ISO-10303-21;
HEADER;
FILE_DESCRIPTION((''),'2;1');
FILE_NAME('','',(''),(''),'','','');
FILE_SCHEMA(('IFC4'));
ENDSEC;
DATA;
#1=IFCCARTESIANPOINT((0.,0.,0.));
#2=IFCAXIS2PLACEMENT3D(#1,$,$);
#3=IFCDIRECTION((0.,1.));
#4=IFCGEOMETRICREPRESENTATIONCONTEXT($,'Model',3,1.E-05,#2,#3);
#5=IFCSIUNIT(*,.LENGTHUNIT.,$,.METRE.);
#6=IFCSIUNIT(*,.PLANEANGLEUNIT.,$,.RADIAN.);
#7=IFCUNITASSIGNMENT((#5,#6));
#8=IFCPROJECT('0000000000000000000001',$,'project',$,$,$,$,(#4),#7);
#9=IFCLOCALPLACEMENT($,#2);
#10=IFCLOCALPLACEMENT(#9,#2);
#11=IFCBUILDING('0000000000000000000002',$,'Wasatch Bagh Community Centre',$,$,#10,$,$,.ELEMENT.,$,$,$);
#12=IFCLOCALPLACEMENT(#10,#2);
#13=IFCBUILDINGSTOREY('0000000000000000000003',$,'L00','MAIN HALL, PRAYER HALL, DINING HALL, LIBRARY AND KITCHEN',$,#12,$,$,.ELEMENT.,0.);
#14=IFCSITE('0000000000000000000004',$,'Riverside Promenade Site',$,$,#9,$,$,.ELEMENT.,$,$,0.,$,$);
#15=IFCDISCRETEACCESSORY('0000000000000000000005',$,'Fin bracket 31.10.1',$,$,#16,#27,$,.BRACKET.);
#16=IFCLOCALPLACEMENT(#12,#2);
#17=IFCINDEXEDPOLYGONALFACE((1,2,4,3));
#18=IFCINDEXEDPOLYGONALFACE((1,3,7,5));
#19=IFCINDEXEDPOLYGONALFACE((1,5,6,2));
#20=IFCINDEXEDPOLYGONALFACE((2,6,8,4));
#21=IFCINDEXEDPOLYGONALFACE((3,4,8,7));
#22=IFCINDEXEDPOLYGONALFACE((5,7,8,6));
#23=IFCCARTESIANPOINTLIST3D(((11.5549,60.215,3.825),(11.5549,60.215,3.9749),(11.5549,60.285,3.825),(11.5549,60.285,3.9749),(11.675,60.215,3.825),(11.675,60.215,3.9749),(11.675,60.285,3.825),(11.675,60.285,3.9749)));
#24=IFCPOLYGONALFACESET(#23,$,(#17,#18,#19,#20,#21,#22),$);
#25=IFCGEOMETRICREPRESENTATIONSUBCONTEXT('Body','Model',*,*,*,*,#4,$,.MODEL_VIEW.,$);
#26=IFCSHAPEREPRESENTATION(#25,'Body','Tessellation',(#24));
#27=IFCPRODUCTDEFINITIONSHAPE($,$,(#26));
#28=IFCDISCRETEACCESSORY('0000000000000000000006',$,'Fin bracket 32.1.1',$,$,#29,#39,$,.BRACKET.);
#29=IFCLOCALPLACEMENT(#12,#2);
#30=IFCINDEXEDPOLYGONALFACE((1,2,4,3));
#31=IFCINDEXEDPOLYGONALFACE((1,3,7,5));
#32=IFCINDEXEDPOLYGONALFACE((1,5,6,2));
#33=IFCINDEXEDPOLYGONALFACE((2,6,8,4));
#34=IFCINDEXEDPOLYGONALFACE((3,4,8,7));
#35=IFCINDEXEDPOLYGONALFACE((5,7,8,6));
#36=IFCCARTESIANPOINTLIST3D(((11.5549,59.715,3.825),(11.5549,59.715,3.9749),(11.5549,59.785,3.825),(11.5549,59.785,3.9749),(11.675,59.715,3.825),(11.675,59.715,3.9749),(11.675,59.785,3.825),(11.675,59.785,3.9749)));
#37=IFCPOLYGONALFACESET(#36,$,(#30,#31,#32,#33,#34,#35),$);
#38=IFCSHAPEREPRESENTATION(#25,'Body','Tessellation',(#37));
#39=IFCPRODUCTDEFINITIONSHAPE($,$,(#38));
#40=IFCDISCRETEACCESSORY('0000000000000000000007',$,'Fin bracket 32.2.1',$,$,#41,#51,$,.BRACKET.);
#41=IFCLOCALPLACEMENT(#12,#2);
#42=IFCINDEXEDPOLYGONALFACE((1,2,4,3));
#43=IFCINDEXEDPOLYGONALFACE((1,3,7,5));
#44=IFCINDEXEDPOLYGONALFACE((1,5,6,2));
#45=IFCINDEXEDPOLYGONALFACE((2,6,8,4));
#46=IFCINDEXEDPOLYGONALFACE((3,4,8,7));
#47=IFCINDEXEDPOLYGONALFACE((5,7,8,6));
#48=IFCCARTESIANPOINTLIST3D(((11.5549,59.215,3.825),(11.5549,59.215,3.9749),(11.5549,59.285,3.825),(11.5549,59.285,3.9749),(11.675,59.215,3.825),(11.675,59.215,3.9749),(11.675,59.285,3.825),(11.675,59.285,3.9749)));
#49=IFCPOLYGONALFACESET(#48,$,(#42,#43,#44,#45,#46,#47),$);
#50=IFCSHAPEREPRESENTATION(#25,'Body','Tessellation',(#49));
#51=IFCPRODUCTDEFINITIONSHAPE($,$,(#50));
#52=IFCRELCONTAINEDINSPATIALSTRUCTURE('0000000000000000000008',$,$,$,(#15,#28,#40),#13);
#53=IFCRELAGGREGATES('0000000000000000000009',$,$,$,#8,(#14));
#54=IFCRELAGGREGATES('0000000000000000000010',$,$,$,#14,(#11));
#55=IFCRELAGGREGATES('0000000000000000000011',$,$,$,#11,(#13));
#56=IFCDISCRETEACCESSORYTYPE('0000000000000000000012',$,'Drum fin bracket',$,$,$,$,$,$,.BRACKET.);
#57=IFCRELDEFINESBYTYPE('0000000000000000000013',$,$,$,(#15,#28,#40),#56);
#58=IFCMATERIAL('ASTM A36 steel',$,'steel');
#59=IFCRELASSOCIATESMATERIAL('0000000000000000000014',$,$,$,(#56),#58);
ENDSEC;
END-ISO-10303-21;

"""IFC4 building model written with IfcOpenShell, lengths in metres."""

from ifc_helpers import new_model, si_unit, direction, frame, origin, origin_2d, place, context, subcontext, project, spatial, rectangle, extrude, material, type_object, element, save


model = new_model("IFC4")

# Units and contexts
model_context = context("Model", 3, precision=1e-05, world=origin(), true_north=direction((0.0, 1.0)))
body_context = subcontext(model_context, "Body", "Model", "MODEL_VIEW")
ifc_project = project(units=[si_unit("LENGTHUNIT", "METRE"), si_unit("PLANEANGLEUNIT", "RADIAN")], contexts=[model_context])

# Site, building, storey
site_placement = place(None, origin())
site = spatial("IfcSite", under=ifc_project, at=site_placement, Name="Riverside Promenade Site", CompositionType="ELEMENT", RefElevation=0.0)
building_placement = place(site_placement, origin())
building = spatial("IfcBuilding", under=site, at=building_placement, Name="Wasatch Bagh Community Centre", CompositionType="ELEMENT")
storey_placement = place(building_placement, origin())
storey = spatial("IfcBuildingStorey", under=building, at=storey_placement, Name="L00", Description="MAIN HALL, PRAYER HALL, DINING HALL, LIBRARY AND KITCHEN", CompositionType="ELEMENT", Elevation=0.0)

# Discrete accessories
ifc_material_1 = material(Name="ASTM A36 steel", Category="steel")
discrete_accessory_type = type_object("IfcDiscreteAccessoryType", Name="Drum fin bracket", PredefinedType="BRACKET", material=ifc_material_1)
for number, where, z_axis, x_axis, name in (
    (1, (11.615, 60.25, 3.825), (0.0, 0.0, 1.0), (0.0, -1.0, 0.0), "Fin bracket 31.10.1"),
    (2, (11.615, 59.75, 3.825), (0.0, 0.0, 1.0), (0.0, -1.0, 0.0), "Fin bracket 32.1.1"),
    (3, (11.615, 59.25, 3.825), (0.0, 0.0, 1.0), (0.0, -1.0, 0.0), "Fin bracket 32.2.1"),
):
    element("IfcDiscreteAccessory", number, at=place(storey_placement, frame(where, z_axis=z_axis, x_axis=x_axis)), inside=storey, type_object=discrete_accessory_type, Name=name, PredefinedType="BRACKET", context=body_context, shape_type="SweptSolid", body=[
        extrude(rectangle(XDim=0.0701, YDim=0.1201, at=origin_2d()), origin(), (0.0, 0.0, 1.0), 0.1499),
    ])

save(model, "model.ifc")
